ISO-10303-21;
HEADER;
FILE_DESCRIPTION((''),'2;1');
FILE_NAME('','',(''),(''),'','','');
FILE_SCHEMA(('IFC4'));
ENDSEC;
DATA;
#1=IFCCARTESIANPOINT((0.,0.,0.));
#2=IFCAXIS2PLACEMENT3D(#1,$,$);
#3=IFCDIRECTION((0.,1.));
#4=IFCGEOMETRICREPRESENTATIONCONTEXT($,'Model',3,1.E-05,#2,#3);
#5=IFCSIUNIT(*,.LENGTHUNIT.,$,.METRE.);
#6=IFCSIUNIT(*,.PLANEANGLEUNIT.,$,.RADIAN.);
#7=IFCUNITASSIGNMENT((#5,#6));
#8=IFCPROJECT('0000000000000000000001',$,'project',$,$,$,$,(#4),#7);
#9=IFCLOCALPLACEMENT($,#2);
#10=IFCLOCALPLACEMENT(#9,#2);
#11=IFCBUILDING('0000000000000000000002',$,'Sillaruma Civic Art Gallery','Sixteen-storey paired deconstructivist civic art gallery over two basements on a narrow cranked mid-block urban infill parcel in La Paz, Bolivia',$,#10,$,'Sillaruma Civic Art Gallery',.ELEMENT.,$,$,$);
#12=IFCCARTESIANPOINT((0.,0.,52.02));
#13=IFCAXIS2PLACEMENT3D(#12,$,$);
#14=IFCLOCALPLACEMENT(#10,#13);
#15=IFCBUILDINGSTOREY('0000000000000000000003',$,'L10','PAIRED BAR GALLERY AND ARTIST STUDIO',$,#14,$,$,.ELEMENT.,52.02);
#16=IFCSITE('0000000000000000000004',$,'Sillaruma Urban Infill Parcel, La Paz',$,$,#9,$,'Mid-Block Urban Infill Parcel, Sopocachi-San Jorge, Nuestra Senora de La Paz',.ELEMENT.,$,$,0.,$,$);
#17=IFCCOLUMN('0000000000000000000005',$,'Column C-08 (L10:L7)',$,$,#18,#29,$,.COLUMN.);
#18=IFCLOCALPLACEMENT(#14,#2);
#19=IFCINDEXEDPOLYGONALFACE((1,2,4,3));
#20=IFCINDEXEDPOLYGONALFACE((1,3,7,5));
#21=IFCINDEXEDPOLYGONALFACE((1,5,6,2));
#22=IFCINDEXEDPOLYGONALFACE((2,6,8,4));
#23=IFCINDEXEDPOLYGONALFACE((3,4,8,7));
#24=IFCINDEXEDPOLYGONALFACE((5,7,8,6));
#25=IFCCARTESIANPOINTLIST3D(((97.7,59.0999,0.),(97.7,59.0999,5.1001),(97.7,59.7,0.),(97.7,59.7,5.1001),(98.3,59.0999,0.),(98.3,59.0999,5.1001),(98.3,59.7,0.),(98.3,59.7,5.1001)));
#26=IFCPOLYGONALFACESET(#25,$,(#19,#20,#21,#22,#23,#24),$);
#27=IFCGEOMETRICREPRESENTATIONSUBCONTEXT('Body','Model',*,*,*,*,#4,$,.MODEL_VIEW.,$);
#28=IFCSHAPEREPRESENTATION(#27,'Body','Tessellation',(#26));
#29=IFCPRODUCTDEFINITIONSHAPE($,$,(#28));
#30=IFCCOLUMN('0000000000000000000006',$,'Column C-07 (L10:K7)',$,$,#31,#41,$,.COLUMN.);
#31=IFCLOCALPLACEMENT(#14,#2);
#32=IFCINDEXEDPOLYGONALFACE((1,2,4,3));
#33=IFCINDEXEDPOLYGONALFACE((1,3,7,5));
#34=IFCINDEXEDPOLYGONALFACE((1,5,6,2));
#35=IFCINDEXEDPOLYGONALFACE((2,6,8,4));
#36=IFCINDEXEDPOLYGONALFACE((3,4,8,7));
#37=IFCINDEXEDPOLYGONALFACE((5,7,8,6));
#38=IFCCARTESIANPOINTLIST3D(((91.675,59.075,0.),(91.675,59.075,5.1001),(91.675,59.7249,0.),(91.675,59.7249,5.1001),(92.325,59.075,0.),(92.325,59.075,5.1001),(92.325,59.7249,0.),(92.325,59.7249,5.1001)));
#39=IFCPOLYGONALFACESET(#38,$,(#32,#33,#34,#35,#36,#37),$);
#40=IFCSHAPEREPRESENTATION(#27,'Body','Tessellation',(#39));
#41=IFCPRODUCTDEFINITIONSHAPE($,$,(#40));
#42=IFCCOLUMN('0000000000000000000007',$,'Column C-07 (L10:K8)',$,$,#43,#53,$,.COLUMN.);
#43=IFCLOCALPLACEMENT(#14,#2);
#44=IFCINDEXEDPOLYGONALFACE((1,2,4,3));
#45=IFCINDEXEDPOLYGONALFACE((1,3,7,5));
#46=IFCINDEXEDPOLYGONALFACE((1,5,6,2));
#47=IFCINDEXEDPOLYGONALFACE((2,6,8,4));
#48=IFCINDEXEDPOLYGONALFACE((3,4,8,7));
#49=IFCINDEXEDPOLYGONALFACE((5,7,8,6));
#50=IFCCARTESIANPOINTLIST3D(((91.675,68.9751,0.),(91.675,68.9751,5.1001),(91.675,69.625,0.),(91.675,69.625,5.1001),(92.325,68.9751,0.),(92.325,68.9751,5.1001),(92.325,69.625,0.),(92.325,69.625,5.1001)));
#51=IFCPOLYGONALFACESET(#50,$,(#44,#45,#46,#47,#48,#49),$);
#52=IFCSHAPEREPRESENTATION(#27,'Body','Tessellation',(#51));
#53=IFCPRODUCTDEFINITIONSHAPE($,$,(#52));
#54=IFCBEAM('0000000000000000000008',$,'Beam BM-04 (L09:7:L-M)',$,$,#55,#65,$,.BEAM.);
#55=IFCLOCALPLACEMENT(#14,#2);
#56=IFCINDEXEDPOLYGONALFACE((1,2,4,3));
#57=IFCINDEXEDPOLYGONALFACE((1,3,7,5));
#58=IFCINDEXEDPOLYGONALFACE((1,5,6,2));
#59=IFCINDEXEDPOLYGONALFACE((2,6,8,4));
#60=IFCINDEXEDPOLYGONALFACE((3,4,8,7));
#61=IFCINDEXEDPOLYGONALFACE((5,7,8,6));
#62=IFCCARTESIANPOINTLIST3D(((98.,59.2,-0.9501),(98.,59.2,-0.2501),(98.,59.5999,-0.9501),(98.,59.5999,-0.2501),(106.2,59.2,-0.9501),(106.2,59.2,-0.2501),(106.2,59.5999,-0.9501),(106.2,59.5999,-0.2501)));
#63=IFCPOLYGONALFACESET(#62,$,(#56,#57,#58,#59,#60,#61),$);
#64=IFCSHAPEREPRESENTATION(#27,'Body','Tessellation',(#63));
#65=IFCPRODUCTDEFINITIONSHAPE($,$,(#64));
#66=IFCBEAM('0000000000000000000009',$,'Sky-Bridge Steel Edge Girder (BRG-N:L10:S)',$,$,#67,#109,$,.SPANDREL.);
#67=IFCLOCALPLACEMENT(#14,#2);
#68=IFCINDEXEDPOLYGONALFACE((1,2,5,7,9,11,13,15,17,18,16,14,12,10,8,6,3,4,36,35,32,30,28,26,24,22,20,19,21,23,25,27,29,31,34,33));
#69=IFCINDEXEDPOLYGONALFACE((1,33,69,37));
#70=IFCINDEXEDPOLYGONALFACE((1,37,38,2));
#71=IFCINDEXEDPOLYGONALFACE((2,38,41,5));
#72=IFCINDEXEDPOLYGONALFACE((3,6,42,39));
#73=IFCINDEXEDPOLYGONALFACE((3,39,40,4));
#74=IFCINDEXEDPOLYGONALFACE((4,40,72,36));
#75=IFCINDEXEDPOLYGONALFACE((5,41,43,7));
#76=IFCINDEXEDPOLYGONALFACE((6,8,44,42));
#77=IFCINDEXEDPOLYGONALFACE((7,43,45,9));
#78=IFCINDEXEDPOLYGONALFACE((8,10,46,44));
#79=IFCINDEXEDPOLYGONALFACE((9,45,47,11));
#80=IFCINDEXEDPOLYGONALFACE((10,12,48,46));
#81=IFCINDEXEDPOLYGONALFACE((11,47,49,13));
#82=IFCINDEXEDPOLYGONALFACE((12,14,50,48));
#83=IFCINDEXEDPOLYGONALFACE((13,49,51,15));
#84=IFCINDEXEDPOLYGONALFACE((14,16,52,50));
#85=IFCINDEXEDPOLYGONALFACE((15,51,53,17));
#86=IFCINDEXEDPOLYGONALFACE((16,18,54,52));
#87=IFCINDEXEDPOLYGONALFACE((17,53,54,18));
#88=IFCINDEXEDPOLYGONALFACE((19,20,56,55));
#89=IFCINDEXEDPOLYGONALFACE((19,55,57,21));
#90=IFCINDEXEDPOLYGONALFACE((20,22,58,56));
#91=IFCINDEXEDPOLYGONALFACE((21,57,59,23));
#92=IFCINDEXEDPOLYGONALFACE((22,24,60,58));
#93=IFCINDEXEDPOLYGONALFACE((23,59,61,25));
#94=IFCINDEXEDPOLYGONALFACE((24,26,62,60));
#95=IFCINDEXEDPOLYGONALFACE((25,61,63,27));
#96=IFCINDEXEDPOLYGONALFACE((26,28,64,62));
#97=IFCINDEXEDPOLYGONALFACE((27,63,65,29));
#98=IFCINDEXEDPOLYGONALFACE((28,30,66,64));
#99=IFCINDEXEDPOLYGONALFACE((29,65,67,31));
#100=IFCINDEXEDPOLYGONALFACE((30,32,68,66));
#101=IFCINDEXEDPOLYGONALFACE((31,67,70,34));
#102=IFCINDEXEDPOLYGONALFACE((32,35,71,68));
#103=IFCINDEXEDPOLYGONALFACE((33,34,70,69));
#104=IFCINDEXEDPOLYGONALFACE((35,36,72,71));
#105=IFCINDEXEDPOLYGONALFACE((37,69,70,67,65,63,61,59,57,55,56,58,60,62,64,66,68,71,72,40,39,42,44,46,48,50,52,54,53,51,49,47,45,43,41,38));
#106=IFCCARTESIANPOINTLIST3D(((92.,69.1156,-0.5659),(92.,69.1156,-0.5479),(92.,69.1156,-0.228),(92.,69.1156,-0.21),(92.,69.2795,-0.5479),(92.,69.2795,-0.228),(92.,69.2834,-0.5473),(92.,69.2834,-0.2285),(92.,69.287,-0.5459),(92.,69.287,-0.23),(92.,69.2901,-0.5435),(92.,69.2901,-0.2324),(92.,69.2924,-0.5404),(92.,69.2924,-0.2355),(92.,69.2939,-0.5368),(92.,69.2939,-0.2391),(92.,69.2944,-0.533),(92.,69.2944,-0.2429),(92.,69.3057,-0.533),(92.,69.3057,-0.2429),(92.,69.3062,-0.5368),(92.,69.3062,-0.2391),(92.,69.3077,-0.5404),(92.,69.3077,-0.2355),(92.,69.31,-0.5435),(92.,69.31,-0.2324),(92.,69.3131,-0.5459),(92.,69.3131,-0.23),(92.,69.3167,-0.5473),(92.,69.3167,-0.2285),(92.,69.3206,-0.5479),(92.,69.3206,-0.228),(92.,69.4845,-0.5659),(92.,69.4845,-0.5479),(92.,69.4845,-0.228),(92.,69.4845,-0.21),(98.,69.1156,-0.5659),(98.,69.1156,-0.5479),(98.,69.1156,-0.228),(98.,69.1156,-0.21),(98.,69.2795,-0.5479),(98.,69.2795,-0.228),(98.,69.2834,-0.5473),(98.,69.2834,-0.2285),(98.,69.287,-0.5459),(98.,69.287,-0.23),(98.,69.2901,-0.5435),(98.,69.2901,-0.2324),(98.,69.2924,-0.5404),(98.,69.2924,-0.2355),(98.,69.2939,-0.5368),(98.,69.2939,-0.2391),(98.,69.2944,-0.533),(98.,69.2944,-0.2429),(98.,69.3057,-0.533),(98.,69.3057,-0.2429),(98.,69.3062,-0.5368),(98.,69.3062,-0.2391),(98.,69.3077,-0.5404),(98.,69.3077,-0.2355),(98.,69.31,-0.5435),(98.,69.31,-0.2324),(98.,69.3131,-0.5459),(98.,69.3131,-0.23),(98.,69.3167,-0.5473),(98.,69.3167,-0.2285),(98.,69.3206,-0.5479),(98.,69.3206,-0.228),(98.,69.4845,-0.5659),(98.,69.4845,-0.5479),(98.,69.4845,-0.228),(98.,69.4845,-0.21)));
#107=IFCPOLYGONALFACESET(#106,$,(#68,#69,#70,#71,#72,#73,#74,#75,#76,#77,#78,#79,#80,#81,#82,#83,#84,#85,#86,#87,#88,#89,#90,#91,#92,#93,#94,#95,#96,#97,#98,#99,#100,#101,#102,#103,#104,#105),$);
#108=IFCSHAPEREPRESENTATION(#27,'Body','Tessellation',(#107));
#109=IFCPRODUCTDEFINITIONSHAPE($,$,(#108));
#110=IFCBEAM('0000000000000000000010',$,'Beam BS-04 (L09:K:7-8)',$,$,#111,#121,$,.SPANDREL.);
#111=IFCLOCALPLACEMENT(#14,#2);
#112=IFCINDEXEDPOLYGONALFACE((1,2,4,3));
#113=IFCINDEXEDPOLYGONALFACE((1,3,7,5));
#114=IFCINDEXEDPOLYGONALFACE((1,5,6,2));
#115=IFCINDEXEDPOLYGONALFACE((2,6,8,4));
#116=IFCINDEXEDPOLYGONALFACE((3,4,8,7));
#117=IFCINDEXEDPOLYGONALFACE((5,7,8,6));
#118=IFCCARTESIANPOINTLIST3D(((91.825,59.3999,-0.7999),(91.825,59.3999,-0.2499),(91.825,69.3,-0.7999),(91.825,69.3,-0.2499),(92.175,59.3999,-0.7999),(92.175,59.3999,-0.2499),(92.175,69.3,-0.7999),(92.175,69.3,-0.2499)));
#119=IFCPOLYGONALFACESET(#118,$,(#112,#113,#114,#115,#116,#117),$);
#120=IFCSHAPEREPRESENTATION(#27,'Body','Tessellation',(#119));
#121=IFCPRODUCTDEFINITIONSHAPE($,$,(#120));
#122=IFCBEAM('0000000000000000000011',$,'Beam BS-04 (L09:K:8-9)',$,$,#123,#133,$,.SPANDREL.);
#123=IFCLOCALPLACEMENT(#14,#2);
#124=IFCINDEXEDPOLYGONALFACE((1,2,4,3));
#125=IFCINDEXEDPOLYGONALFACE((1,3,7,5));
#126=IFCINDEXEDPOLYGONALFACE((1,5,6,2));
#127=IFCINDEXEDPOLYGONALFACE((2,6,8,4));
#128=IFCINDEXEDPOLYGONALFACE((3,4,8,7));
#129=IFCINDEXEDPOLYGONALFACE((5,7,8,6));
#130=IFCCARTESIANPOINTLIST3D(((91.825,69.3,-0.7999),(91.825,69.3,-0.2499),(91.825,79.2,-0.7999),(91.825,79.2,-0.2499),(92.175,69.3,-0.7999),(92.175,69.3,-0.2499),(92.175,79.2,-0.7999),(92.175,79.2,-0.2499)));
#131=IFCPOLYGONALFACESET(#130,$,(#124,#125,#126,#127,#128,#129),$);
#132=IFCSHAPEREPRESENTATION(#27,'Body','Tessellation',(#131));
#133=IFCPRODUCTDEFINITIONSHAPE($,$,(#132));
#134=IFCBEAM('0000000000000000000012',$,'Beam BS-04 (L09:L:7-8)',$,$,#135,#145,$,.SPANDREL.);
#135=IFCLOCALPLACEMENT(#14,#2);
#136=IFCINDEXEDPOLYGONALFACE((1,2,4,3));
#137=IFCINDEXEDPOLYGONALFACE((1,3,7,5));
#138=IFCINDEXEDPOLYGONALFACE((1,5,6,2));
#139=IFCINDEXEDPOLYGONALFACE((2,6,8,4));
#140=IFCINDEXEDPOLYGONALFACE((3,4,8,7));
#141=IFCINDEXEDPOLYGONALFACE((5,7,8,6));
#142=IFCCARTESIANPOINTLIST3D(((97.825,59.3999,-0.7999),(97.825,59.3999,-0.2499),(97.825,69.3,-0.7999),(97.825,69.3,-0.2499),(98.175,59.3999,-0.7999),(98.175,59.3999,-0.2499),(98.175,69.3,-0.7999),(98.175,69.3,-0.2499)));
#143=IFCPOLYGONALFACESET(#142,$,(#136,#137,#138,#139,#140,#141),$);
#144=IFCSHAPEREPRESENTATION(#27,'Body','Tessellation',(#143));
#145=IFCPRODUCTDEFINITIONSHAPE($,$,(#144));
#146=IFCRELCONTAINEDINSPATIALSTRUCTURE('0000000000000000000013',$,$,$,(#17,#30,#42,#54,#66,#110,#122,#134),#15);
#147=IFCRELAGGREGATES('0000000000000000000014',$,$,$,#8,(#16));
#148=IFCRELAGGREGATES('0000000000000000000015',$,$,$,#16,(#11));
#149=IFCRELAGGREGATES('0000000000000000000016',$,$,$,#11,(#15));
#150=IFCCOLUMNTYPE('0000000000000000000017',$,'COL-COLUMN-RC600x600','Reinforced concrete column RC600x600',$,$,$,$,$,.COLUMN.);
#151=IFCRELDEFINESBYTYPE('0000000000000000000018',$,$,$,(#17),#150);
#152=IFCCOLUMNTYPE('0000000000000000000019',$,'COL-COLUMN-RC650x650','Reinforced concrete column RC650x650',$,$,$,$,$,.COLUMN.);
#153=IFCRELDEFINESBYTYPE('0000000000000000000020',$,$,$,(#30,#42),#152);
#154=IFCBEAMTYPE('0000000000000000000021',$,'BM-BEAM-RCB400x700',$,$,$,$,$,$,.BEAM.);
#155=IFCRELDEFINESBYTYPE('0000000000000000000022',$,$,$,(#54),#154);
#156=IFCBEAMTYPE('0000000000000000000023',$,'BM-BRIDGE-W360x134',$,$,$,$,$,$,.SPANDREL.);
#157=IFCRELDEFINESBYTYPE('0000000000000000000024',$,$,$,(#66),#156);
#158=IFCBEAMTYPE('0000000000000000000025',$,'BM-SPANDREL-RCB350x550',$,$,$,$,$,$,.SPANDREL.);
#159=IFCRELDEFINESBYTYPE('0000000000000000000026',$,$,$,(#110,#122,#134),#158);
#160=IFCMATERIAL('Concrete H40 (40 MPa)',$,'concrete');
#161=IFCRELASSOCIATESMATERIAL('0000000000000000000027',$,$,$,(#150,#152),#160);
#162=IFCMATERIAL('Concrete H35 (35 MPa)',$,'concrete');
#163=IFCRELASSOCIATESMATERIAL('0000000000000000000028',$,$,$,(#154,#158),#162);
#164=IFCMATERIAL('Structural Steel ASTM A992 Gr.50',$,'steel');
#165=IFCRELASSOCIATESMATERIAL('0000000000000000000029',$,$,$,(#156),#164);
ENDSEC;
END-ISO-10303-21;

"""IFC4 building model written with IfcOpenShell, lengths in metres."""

from ifc_helpers import new_model, si_unit, direction, frame, origin, origin_2d, place, context, subcontext, project, spatial, rectangle, i_section, extrude, material, material_profile, profile_set, type_object, element, save


model = new_model("IFC4")

# Units and contexts
model_context = context("Model", 3, precision=1e-05, world=origin(), true_north=direction((0.0, 1.0)))
body_context = subcontext(model_context, "Body", "Model", "MODEL_VIEW")
ifc_project = project(units=[si_unit("LENGTHUNIT", "METRE"), si_unit("PLANEANGLEUNIT", "RADIAN")], contexts=[model_context])

# Site, building, storey
site_placement = place(None, origin())
site = spatial("IfcSite", under=ifc_project, at=site_placement, Name="Sillaruma Urban Infill Parcel, La Paz", LongName="Mid-Block Urban Infill Parcel, Sopocachi-San Jorge, Nuestra Senora de La Paz", CompositionType="ELEMENT", RefElevation=0.0)
building_placement = place(site_placement, origin())
building = spatial("IfcBuilding", under=site, at=building_placement, Name="Sillaruma Civic Art Gallery", Description="Sixteen-storey paired deconstructivist civic art gallery over two basements on a narrow cranked mid-block urban infill parcel in La Paz, Bolivia", LongName="Sillaruma Civic Art Gallery", CompositionType="ELEMENT")
storey_placement = place(building_placement, frame((0.0, 0.0, 52.02)))
storey = spatial("IfcBuildingStorey", under=building, at=storey_placement, Name="L10", Description="PAIRED BAR GALLERY AND ARTIST STUDIO", CompositionType="ELEMENT", Elevation=52.02)

# Columns
ifc_material_1 = material(Name="Concrete H40 (40 MPa)", Category="concrete")
ifc_material_profile_1 = material_profile(ifc_material_1, rectangle(XDim=0.6001, YDim=0.6001, at=origin_2d()), Name="RC600x600")
ifc_profile_set_1 = profile_set([ifc_material_profile_1], Name="Concrete H40 (40 MPa)")
column_type_1 = type_object("IfcColumnType", Name="COL-COLUMN-RC600x600", Description="Reinforced concrete column RC600x600", PredefinedType="COLUMN", material=ifc_profile_set_1)
column_placement = place(storey_placement, frame((98.0, 59.3999, 0.0), z_axis=(0.0, 0.0, 1.0), x_axis=(1.0, 0.0, 0.0)))
element("IfcColumn", 1, at=column_placement, inside=storey, type_object=column_type_1, Name="Column C-08 (L10:L7)", PredefinedType="COLUMN", context=body_context, shape_type="SweptSolid", body=[
    extrude(rectangle(XDim=0.6001, YDim=0.6001, at=origin_2d()), origin(), (0.0, 0.0, 1.0), 5.1001),
])
ifc_material_profile_2 = material_profile(ifc_material_1, rectangle(XDim=0.6499, YDim=0.6499, at=origin_2d()), Name="RC650x650")
ifc_profile_set_2 = profile_set([ifc_material_profile_2], Name="Concrete H40 (40 MPa)")
column_type_2 = type_object("IfcColumnType", Name="COL-COLUMN-RC650x650", Description="Reinforced concrete column RC650x650", PredefinedType="COLUMN", material=ifc_profile_set_2)
for number, where, z_axis, x_axis, name in (
    (2, (92.0, 59.3999, 0.0), (0.0, 0.0, 1.0), (1.0, 0.0, 0.0), "Column C-07 (L10:K7)"),
    (3, (92.0, 69.3, 0.0), (0.0, 0.0, 1.0), (1.0, 0.0, 0.0), "Column C-07 (L10:K8)"),
):
    element("IfcColumn", number, at=place(storey_placement, frame(where, z_axis=z_axis, x_axis=x_axis)), inside=storey, type_object=column_type_2, Name=name, PredefinedType="COLUMN", context=body_context, shape_type="SweptSolid", body=[
        extrude(rectangle(XDim=0.6499, YDim=0.6499, at=origin_2d()), origin(), (0.0, 0.0, 1.0), 5.1001),
    ])

# Beams
ifc_material_2 = material(Name="Concrete H35 (35 MPa)", Category="concrete")
ifc_material_profile_3 = material_profile(ifc_material_2, rectangle(XDim=0.3999, YDim=0.7, at=origin_2d()), Name="RCB400x700")
ifc_profile_set_3 = profile_set([ifc_material_profile_3], Name="Concrete H35 (35 MPa)")
beam_type_1 = type_object("IfcBeamType", Name="BM-BEAM-RCB400x700", PredefinedType="BEAM", material=ifc_profile_set_3)
beam_1_placement = place(storey_placement, frame((98.0, 59.3999, -0.6001), z_axis=(1.0, 0.0, 0.0), x_axis=(0.0, 1.0, 0.0)))
element("IfcBeam", 4, at=beam_1_placement, inside=storey, type_object=beam_type_1, Name="Beam BM-04 (L09:7:L-M)", PredefinedType="BEAM", context=body_context, shape_type="SweptSolid", body=[
    extrude(rectangle(XDim=0.3999, YDim=0.7, at=origin_2d()), origin(), (0.0, 0.0, 1.0), 8.2),
])
ifc_material_3 = material(Name="Structural Steel ASTM A992 Gr.50", Category="steel")
ifc_material_profile_4 = material_profile(ifc_material_3, i_section(OverallWidth=0.3689, OverallDepth=0.356, WebThickness=0.0112, FlangeThickness=0.0181, FilletRadius=0.0149, at=origin_2d()), Name="W360x134")
ifc_profile_set_4 = profile_set([ifc_material_profile_4], Name="Structural Steel ASTM A992 Gr.50")
beam_type_2 = type_object("IfcBeamType", Name="BM-BRIDGE-W360x134", PredefinedType="SPANDREL", material=ifc_profile_set_4)
beam_2_placement = place(storey_placement, frame((92.0, 69.3, -0.3879), z_axis=(1.0, 0.0, 0.0), x_axis=(0.0, 1.0, 0.0)))
element("IfcBeam", 5, at=beam_2_placement, inside=storey, type_object=beam_type_2, Name="Sky-Bridge Steel Edge Girder (BRG-N:L10:S)", PredefinedType="SPANDREL", context=body_context, shape_type="SweptSolid", body=[
    extrude(i_section(OverallWidth=0.3689, OverallDepth=0.356, WebThickness=0.0112, FlangeThickness=0.0181, FilletRadius=0.0149, at=origin_2d()), origin(), (0.0, 0.0, 1.0), 6.0),
])
ifc_material_profile_5 = material_profile(ifc_material_2, rectangle(XDim=0.3501, YDim=0.55, at=origin_2d()), Name="RCB350x550")
ifc_profile_set_5 = profile_set([ifc_material_profile_5], Name="Concrete H35 (35 MPa)")
beam_type_3 = type_object("IfcBeamType", Name="BM-SPANDREL-RCB350x550", PredefinedType="SPANDREL", material=ifc_profile_set_5)
beam_3_placement = place(storey_placement, frame((92.0, 59.3999, -0.5249), z_axis=(0.0, 1.0, 0.0), x_axis=(-1.0, 0.0, 0.0)))
element("IfcBeam", 6, at=beam_3_placement, inside=storey, type_object=beam_type_3, Name="Beam BS-04 (L09:K:7-8)", PredefinedType="SPANDREL", context=body_context, shape_type="SweptSolid", body=[
    extrude(rectangle(XDim=0.3501, YDim=0.55, at=origin_2d()), origin(), (0.0, 0.0, 1.0), 9.9001),
])
beam_4_placement = place(storey_placement, frame((92.0, 69.3, -0.5249), z_axis=(0.0, 1.0, 0.0), x_axis=(-1.0, 0.0, 0.0)))
element("IfcBeam", 7, at=beam_4_placement, inside=storey, type_object=beam_type_3, Name="Beam BS-04 (L09:K:8-9)", PredefinedType="SPANDREL", context=body_context, shape_type="SweptSolid", body=[
    extrude(rectangle(XDim=0.3501, YDim=0.55, at=origin_2d()), origin(), (0.0, 0.0, 1.0), 9.8999),
])
beam_5_placement = place(storey_placement, frame((98.0, 59.3999, -0.5249), z_axis=(0.0, 1.0, 0.0), x_axis=(-1.0, 0.0, 0.0)))
element("IfcBeam", 8, at=beam_5_placement, inside=storey, type_object=beam_type_3, Name="Beam BS-04 (L09:L:7-8)", PredefinedType="SPANDREL", context=body_context, shape_type="SweptSolid", body=[
    extrude(rectangle(XDim=0.3501, YDim=0.55, at=origin_2d()), origin(), (0.0, 0.0, 1.0), 9.9001),
])

save(model, "model.ifc")
